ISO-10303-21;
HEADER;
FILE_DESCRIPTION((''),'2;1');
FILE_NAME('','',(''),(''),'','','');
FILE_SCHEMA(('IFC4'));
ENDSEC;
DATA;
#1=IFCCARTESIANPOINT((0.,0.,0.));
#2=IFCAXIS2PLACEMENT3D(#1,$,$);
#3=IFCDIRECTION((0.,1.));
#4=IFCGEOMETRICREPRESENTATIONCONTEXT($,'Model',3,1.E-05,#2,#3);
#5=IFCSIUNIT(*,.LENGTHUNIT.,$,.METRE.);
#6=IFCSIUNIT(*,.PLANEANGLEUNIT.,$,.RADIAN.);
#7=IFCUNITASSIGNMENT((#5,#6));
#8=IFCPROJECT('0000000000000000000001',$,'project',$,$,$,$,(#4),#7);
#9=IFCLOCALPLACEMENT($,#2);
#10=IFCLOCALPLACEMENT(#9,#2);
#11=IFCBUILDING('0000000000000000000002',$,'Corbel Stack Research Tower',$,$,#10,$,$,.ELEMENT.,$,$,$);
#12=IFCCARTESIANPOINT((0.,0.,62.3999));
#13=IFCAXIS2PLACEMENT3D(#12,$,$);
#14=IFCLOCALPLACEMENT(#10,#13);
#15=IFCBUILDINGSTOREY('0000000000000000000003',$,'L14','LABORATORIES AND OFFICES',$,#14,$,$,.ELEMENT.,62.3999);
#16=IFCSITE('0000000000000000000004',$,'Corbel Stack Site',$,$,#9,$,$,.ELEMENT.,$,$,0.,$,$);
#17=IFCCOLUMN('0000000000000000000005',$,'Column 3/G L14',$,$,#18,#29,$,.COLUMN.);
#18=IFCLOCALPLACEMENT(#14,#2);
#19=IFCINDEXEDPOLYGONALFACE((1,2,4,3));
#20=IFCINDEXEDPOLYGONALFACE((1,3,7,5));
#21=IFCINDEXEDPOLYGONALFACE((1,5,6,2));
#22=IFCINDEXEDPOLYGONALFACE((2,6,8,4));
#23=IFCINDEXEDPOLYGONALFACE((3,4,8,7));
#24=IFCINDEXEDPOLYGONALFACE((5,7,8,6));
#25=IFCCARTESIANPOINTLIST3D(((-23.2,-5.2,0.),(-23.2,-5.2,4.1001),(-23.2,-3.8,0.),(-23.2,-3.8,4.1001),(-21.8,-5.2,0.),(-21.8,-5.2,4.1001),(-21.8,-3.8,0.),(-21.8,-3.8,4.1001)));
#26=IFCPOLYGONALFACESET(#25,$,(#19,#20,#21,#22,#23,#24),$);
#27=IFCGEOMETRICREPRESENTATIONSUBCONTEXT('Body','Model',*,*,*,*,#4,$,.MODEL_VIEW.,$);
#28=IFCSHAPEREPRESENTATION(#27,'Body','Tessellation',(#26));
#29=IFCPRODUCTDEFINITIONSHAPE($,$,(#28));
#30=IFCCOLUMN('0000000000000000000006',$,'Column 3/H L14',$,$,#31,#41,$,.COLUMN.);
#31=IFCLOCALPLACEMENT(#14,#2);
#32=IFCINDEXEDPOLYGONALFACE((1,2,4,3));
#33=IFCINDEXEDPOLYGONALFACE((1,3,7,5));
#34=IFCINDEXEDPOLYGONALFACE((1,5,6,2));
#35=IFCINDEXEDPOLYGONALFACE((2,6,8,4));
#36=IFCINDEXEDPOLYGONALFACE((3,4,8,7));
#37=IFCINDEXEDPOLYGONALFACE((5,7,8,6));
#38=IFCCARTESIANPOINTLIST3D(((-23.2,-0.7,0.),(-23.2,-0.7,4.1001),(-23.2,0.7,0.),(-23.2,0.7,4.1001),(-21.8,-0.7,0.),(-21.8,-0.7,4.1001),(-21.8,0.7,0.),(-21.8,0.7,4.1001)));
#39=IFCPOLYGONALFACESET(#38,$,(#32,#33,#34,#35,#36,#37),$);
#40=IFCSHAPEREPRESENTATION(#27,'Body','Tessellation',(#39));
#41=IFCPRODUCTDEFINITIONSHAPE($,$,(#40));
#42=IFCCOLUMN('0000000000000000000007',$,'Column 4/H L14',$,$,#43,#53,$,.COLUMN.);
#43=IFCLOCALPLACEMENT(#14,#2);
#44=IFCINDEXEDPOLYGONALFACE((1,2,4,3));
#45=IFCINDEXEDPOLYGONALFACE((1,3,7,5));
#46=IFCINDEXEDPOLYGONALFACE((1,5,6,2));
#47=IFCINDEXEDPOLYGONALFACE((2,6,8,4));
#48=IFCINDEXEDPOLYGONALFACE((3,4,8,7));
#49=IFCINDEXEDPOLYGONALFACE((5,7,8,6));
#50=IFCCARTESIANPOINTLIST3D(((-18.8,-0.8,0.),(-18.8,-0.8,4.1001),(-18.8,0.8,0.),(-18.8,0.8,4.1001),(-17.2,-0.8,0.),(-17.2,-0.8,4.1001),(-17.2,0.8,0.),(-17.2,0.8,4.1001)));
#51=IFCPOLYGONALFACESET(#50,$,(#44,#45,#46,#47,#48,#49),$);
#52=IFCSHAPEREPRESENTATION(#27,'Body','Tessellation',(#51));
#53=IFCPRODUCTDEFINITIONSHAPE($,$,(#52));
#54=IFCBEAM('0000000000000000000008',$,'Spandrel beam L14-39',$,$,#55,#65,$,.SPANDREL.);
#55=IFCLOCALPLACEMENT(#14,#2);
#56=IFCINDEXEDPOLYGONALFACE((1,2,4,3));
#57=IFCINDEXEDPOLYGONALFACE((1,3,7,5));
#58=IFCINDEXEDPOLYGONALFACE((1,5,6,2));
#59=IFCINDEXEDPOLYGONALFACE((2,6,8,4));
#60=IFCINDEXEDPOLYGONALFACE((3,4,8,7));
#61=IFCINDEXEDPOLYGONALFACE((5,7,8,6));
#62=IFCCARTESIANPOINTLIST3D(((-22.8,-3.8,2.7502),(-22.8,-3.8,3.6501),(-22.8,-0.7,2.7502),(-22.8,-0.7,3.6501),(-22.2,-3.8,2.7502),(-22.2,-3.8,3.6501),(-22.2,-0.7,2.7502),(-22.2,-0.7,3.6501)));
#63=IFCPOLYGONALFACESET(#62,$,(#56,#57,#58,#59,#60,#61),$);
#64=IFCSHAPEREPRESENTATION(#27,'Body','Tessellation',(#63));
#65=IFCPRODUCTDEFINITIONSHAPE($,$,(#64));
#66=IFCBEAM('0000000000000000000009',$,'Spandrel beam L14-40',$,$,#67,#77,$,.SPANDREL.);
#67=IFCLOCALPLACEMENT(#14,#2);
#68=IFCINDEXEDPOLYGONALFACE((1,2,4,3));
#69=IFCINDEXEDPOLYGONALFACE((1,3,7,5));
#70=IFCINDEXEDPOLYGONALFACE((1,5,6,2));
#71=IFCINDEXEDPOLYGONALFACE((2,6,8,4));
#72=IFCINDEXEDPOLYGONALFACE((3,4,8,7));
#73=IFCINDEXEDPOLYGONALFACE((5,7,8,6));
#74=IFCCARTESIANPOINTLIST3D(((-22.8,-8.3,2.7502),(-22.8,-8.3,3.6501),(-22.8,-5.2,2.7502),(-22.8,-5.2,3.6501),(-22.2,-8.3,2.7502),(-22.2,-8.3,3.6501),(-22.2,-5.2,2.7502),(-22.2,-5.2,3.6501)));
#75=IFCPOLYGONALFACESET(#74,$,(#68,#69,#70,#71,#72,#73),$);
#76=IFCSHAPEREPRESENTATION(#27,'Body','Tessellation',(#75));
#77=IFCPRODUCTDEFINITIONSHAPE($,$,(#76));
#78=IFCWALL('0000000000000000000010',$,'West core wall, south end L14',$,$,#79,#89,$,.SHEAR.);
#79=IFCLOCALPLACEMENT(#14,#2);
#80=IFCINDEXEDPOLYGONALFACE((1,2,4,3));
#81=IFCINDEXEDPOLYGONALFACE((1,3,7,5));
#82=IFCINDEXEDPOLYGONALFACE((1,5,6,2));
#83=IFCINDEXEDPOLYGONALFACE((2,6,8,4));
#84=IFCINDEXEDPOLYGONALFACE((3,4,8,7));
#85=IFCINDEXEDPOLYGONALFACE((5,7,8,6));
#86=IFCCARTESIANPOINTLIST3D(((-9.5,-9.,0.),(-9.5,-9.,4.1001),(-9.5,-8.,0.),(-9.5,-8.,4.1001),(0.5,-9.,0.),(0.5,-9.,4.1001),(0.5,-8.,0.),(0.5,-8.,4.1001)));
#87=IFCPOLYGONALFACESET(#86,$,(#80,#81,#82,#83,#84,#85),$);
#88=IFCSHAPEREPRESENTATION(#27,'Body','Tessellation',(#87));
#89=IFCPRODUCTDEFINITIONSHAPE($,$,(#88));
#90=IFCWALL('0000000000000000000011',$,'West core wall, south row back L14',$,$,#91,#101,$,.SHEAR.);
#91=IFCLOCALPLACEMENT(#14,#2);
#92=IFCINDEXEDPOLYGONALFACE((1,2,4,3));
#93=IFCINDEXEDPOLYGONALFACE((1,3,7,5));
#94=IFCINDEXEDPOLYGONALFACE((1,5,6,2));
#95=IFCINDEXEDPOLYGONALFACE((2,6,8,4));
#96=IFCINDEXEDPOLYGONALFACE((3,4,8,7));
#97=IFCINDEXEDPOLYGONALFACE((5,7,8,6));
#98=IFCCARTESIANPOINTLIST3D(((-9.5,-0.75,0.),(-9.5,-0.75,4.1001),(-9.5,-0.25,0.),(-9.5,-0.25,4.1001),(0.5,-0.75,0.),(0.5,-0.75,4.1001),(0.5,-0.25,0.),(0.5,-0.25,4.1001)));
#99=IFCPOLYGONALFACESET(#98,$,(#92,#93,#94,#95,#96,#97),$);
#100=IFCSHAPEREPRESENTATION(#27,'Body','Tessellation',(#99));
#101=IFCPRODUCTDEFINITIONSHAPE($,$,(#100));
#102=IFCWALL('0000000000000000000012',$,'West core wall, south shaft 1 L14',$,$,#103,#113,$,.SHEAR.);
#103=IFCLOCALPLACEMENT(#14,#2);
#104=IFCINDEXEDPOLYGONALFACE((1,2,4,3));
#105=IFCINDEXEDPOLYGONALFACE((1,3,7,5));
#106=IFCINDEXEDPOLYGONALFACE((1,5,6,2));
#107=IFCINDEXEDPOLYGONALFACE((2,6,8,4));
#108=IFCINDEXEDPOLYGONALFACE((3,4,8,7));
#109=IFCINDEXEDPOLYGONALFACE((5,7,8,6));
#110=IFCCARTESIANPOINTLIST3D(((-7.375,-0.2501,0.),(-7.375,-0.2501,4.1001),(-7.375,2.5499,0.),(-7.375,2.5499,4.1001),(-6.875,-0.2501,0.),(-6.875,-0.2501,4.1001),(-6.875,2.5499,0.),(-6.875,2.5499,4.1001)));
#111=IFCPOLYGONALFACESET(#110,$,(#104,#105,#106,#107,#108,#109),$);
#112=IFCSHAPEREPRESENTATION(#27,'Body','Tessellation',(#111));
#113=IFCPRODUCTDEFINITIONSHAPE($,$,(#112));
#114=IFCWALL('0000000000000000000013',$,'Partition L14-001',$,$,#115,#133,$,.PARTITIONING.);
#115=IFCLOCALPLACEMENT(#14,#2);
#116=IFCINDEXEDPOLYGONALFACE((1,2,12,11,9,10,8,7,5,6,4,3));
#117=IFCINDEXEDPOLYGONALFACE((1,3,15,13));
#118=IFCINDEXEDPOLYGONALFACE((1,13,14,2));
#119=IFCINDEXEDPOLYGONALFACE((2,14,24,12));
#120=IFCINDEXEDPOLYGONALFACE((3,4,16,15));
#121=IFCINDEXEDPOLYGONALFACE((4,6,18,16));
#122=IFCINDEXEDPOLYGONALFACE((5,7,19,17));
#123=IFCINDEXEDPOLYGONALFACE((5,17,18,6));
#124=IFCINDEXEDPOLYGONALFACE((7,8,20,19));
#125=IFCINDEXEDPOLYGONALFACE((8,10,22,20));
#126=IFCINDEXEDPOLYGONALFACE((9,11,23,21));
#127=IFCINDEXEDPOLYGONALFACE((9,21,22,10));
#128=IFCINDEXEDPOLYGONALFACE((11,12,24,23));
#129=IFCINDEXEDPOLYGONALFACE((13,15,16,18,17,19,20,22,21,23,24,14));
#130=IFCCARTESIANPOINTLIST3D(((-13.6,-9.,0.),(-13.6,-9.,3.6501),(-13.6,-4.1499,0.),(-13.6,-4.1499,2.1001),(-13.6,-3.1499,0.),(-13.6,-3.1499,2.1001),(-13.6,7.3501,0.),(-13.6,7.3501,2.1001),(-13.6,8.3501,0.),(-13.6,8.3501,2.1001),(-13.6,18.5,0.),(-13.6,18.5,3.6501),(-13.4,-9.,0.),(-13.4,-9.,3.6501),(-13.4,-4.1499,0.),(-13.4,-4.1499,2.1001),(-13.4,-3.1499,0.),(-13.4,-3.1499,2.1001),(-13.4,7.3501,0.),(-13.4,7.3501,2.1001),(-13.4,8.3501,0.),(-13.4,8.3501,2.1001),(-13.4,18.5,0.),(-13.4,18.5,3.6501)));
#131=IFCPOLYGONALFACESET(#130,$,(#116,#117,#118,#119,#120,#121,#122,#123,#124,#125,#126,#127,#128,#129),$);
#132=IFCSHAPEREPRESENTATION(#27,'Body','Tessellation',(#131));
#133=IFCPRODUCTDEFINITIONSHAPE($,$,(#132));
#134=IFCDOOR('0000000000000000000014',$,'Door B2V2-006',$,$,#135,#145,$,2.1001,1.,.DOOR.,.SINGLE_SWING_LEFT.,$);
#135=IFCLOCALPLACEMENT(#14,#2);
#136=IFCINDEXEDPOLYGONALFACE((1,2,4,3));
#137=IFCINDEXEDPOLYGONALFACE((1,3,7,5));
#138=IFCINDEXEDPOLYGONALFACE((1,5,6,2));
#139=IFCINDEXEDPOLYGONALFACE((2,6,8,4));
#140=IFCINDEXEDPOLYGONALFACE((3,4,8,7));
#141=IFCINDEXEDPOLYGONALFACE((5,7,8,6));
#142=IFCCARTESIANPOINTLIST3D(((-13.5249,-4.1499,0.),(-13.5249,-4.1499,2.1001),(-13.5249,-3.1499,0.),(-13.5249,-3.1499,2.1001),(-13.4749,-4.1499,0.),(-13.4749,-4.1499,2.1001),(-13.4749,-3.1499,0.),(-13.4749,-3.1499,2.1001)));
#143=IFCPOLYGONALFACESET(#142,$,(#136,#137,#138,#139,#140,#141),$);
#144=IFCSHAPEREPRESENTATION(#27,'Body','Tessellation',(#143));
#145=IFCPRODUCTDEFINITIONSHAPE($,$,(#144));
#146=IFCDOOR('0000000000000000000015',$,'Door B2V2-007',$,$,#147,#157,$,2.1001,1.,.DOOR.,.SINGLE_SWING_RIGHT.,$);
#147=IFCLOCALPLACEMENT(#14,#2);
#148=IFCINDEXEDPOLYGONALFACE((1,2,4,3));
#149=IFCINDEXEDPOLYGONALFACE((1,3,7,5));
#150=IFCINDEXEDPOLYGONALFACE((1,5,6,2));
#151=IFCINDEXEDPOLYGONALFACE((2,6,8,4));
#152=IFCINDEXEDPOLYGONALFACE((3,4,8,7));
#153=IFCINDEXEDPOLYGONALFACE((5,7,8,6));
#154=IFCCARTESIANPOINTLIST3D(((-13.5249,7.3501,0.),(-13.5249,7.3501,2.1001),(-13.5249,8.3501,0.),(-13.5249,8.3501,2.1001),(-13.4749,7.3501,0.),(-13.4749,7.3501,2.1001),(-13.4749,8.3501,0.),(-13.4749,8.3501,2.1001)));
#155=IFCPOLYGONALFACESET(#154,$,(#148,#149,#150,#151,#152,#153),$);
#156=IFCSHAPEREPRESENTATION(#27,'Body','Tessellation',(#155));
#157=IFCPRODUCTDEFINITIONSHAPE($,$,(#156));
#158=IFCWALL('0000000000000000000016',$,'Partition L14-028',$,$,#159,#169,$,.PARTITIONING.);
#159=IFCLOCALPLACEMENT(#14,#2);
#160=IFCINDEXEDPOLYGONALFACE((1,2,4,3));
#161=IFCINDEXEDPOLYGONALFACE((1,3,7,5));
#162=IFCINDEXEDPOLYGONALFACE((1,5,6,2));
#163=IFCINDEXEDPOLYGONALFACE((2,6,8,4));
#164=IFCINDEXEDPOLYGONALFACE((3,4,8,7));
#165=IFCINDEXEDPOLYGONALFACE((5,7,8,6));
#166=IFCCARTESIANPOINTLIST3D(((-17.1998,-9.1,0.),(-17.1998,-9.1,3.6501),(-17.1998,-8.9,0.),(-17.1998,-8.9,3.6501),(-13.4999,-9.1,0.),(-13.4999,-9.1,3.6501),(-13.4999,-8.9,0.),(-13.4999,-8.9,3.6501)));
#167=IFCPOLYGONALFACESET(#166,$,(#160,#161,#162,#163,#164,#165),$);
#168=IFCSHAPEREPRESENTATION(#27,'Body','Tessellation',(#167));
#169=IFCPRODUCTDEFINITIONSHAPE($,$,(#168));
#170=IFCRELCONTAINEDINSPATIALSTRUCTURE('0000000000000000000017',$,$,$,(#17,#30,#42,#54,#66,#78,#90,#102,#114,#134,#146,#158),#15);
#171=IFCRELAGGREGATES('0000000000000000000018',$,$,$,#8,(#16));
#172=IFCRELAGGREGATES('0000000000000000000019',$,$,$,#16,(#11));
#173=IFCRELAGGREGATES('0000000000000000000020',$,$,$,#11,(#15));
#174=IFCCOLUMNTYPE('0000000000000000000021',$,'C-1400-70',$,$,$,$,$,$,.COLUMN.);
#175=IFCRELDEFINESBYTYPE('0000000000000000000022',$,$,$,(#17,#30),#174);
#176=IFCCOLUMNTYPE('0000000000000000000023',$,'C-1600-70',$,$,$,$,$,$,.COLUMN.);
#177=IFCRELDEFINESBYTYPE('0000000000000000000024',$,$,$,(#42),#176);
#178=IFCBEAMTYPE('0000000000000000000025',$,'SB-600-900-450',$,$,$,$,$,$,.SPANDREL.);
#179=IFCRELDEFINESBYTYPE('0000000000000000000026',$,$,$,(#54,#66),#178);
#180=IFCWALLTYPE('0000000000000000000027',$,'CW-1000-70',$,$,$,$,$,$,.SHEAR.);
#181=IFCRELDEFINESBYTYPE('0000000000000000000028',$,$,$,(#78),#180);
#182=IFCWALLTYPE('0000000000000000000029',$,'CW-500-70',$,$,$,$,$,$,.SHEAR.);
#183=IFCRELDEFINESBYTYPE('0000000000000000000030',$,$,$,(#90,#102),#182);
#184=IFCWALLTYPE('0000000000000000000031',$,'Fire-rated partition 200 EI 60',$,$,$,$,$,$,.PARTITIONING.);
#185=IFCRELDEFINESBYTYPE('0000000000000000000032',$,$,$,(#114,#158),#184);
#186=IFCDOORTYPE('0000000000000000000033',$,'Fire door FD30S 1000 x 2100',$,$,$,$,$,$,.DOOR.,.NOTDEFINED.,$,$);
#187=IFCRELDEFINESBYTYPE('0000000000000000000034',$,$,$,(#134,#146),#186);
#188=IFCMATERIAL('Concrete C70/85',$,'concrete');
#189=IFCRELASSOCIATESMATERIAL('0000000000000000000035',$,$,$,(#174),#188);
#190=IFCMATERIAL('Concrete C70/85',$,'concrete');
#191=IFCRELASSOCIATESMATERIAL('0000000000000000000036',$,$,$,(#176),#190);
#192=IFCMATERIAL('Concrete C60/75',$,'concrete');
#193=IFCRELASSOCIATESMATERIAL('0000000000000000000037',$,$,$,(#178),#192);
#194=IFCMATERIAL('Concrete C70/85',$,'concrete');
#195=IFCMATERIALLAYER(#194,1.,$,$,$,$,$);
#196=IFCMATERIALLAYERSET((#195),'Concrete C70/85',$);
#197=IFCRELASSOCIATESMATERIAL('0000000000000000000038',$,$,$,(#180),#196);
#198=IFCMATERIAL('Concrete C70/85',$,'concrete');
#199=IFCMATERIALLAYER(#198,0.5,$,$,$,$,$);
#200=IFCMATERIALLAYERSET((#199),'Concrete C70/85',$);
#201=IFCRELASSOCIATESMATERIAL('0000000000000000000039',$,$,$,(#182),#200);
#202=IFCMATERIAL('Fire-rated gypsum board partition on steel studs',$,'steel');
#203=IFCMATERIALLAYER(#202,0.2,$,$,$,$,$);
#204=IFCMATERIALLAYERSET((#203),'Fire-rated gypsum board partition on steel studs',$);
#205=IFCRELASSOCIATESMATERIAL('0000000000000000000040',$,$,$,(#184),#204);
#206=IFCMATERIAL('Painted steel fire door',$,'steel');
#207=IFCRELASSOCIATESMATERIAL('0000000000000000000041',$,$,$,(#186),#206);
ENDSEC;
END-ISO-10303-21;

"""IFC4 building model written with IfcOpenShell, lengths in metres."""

from ifc_helpers import new_model, si_unit, direction, frame, frame_2d, origin, origin_2d, place, context, subcontext, project, spatial, rectangle, extrude, material, layer, layer_set, material_profile, profile_set, type_object, element, fill, save


model = new_model("IFC4")

# Units and contexts
model_context = context("Model", 3, precision=1e-05, world=origin(), true_north=direction((0.0, 1.0)))
body_context = subcontext(model_context, "Body", "Model", "MODEL_VIEW")
ifc_project = project(units=[si_unit("LENGTHUNIT", "METRE"), si_unit("PLANEANGLEUNIT", "RADIAN")], contexts=[model_context])

# Site, building, storey
site_placement = place(None, origin())
site = spatial("IfcSite", under=ifc_project, at=site_placement, Name="Corbel Stack Site", CompositionType="ELEMENT", RefElevation=0.0)
building_placement = place(site_placement, origin())
building = spatial("IfcBuilding", under=site, at=building_placement, Name="Corbel Stack Research Tower", CompositionType="ELEMENT")
storey_placement = place(building_placement, frame((0.0, 0.0, 62.3999)))
storey = spatial("IfcBuildingStorey", under=building, at=storey_placement, Name="L14", Description="LABORATORIES AND OFFICES", CompositionType="ELEMENT", Elevation=62.3999)

# Columns
ifc_material_1 = material(Name="Concrete C70/85", Category="concrete")
ifc_material_profile_1 = material_profile(ifc_material_1, rectangle(XDim=1.3999, YDim=1.3999, at=origin_2d()), Name="RC 1400 x 1400")
ifc_profile_set_1 = profile_set([ifc_material_profile_1], Name="Concrete C70/85")
column_type_1 = type_object("IfcColumnType", Name="C-1400-70", PredefinedType="COLUMN", material=ifc_profile_set_1)
for number, where, z_axis, x_axis, name in (
    (1, (-22.5, -4.5, 0.0), (0.0, 0.0, 1.0), (1.0, 0.0, 0.0), "Column 3/G L14"),
    (2, (-22.5, 0.0, 0.0), (0.0, 0.0, 1.0), (1.0, 0.0, 0.0), "Column 3/H L14"),
):
    element("IfcColumn", number, at=place(storey_placement, frame(where, z_axis=z_axis, x_axis=x_axis)), inside=storey, type_object=column_type_1, Name=name, PredefinedType="COLUMN", context=body_context, shape_type="SweptSolid", body=[
        extrude(rectangle(XDim=1.3999, YDim=1.3999, at=origin_2d()), origin(), (0.0, 0.0, 1.0), 4.1001),
    ])
ifc_material_2 = material(Name="Concrete C70/85", Category="concrete")
ifc_material_profile_2 = material_profile(ifc_material_2, rectangle(XDim=1.6001, YDim=1.6001, at=origin_2d()), Name="RC 1600 x 1600")
ifc_profile_set_2 = profile_set([ifc_material_profile_2], Name="Concrete C70/85")
column_type_2 = type_object("IfcColumnType", Name="C-1600-70", PredefinedType="COLUMN", material=ifc_profile_set_2)
column_placement = place(storey_placement, frame((-18.0, 0.0, 0.0), z_axis=(0.0, 0.0, 1.0), x_axis=(1.0, 0.0, 0.0)))
element("IfcColumn", 3, at=column_placement, inside=storey, type_object=column_type_2, Name="Column 4/H L14", PredefinedType="COLUMN", context=body_context, shape_type="SweptSolid", body=[
    extrude(rectangle(XDim=1.6001, YDim=1.6001, at=origin_2d()), origin(), (0.0, 0.0, 1.0), 4.1001),
])

# Beams
ifc_material_3 = material(Name="Concrete C60/75", Category="concrete")
ifc_material_profile_3 = material_profile(ifc_material_3, rectangle(XDim=0.6001, YDim=0.8999, at=origin_2d()), Name="RC 600 x 900")
ifc_profile_set_3 = profile_set([ifc_material_profile_3], Name="Concrete C60/75")
beam_type = type_object("IfcBeamType", Name="SB-600-900-450", PredefinedType="SPANDREL", material=ifc_profile_set_3)
for number, where, z_axis, x_axis, name in (
    (4, (-22.5, -0.7, 3.2002), (0.0, -1.0, 0.0), (1.0, 0.0, 0.0), "Spandrel beam L14-39"),
    (5, (-22.5, -5.2, 3.2002), (0.0, -1.0, 0.0), (1.0, 0.0, 0.0), "Spandrel beam L14-40"),
):
    element("IfcBeam", number, at=place(storey_placement, frame(where, z_axis=z_axis, x_axis=x_axis)), inside=storey, type_object=beam_type, Name=name, PredefinedType="SPANDREL", context=body_context, shape_type="SweptSolid", body=[
        extrude(rectangle(XDim=0.6001, YDim=0.8999, at=origin_2d()), origin(), (0.0, 0.0, 1.0), 3.1001),
    ])

# Shared definitions
ifc_material_4 = material(Name="Concrete C70/85", Category="concrete")
ifc_layer_1 = layer(ifc_material_4, 1.0)
ifc_layer_set_1 = layer_set([ifc_layer_1], Name="Concrete C70/85")
wall_type_1 = type_object("IfcWallType", Name="CW-1000-70", PredefinedType="SHEAR", material=ifc_layer_set_1)

# Walls
wall_1_placement = place(storey_placement, frame((-9.5, -8.5, 0.0), z_axis=(0.0, 0.0, 1.0), x_axis=(1.0, 0.0, 0.0)))
element("IfcWall", 6, at=wall_1_placement, inside=storey, type_object=wall_type_1, Name="West core wall, south end L14", PredefinedType="SHEAR", context=body_context, shape_type="SweptSolid", body=[
    extrude(rectangle(XDim=10.0, YDim=1.0, at=frame_2d((5.0, 0.0))), origin(), (0.0, 0.0, 1.0), 4.1001),
])
ifc_material_5 = material(Name="Concrete C70/85", Category="concrete")
ifc_layer_2 = layer(ifc_material_5, 0.5)
ifc_layer_set_2 = layer_set([ifc_layer_2], Name="Concrete C70/85")
wall_type_2 = type_object("IfcWallType", Name="CW-500-70", PredefinedType="SHEAR", material=ifc_layer_set_2)
wall_2_placement = place(storey_placement, frame((-9.5, -0.5, 0.0), z_axis=(0.0, 0.0, 1.0), x_axis=(1.0, 0.0, 0.0)))
element("IfcWall", 7, at=wall_2_placement, inside=storey, type_object=wall_type_2, Name="West core wall, south row back L14", PredefinedType="SHEAR", context=body_context, shape_type="SweptSolid", body=[
    extrude(rectangle(XDim=10.0, YDim=0.5, at=frame_2d((5.0, 0.0))), origin(), (0.0, 0.0, 1.0), 4.1001),
])
wall_3_placement = place(storey_placement, frame((-7.125, -0.25, 0.0), z_axis=(0.0, 0.0, 1.0), x_axis=(0.0, 1.0, 0.0)))
element("IfcWall", 8, at=wall_3_placement, inside=storey, type_object=wall_type_2, Name="West core wall, south shaft 1 L14", PredefinedType="SHEAR", context=body_context, shape_type="SweptSolid", body=[
    extrude(rectangle(XDim=2.8, YDim=0.5, at=frame_2d((1.3999, 0.0))), origin(), (0.0, 0.0, 1.0), 4.1001),
])

# Wall, openings, doors
ifc_material_6 = material(Name="Fire-rated gypsum board partition on steel studs", Category="steel")
ifc_layer_3 = layer(ifc_material_6, 0.2)
ifc_layer_set_3 = layer_set([ifc_layer_3], Name="Fire-rated gypsum board partition on steel studs")
wall_type_3 = type_object("IfcWallType", Name="Fire-rated partition 200 EI 60", PredefinedType="PARTITIONING", material=ifc_layer_set_3)
wall_4_placement = place(storey_placement, frame((-13.5, -9.0, 0.0), z_axis=(0.0, 0.0, 1.0), x_axis=(0.0, 1.0, 0.0)))
wall_4 = element("IfcWall", 9, at=wall_4_placement, inside=storey, type_object=wall_type_3, Name="Partition L14-001", PredefinedType="PARTITIONING", context=body_context, shape_type="SweptSolid", body=[
    extrude(rectangle(XDim=27.5, YDim=0.2, at=frame_2d((13.75, 0.0))), origin(), (0.0, 0.0, 1.0), 3.6501),
])
opening_1_placement = place(wall_4_placement, frame((4.8501, 0.0, 0.0)))
opening_1 = element("IfcOpeningElement", 10, at=opening_1_placement, cuts=wall_4, PredefinedType="OPENING", context=body_context, shape_type="SweptSolid", body=[
    extrude(rectangle(XDim=1.0, YDim=2.1001, at=frame_2d((0.5, 1.05))), frame((0.0, 0.1099, 0.0), z_axis=(0.0, -1.0, 0.0), x_axis=(1.0, 0.0, 0.0)), (0.0, 0.0, 1.0), 0.22),
])
opening_2_placement = place(wall_4_placement, frame((16.3501, 0.0, 0.0)))
opening_2 = element("IfcOpeningElement", 11, at=opening_2_placement, cuts=wall_4, PredefinedType="OPENING", context=body_context, shape_type="SweptSolid", body=[
    extrude(rectangle(XDim=1.0, YDim=2.1001, at=frame_2d((0.5, 1.05))), frame((0.0, 0.1099, 0.0), z_axis=(0.0, -1.0, 0.0), x_axis=(1.0, 0.0, 0.0)), (0.0, 0.0, 1.0), 0.22),
])
ifc_material_7 = material(Name="Painted steel fire door", Category="steel")
door_type_1 = type_object("IfcDoorType", Name="Fire door FD30S 1000 x 2100", OperationType="NOTDEFINED", PredefinedType="DOOR", material=ifc_material_7)
door_1_placement = place(opening_1_placement, origin())
door_1 = element("IfcDoor", 12, at=door_1_placement, inside=storey, type_object=door_type_1, Name="Door B2V2-006", OperationType="SINGLE_SWING_LEFT", OverallHeight=2.1001, OverallWidth=1.0, PredefinedType="DOOR", context=body_context, shape_type="SweptSolid", body=[
    extrude(rectangle(XDim=1.0, YDim=2.1001, at=frame_2d((0.5, 1.05))), frame((0.0, 0.0249, 0.0), z_axis=(0.0, -1.0, 0.0), x_axis=(1.0, 0.0, 0.0)), (0.0, 0.0, 1.0), 0.05),
])
fill(opening_1, door_1)
door_2_placement = place(opening_2_placement, origin())
door_2 = element("IfcDoor", 13, at=door_2_placement, inside=storey, type_object=door_type_1, Name="Door B2V2-007", OperationType="SINGLE_SWING_RIGHT", OverallHeight=2.1001, OverallWidth=1.0, PredefinedType="DOOR", context=body_context, shape_type="SweptSolid", body=[
    extrude(rectangle(XDim=1.0, YDim=2.1001, at=frame_2d((0.5, 1.05))), frame((0.0, 0.0249, 0.0), z_axis=(0.0, -1.0, 0.0), x_axis=(1.0, 0.0, 0.0)), (0.0, 0.0, 1.0), 0.05),
])
fill(opening_2, door_2)

# Wall
wall_5_placement = place(storey_placement, frame((-17.2, -9.0, 0.0), z_axis=(0.0, 0.0, 1.0), x_axis=(1.0, 0.0, 0.0)))
element("IfcWall", 14, at=wall_5_placement, inside=storey, type_object=wall_type_3, Name="Partition L14-028", PredefinedType="PARTITIONING", context=body_context, shape_type="SweptSolid", body=[
    extrude(rectangle(XDim=3.7, YDim=0.2, at=frame_2d((1.8501, 0.0))), origin(), (0.0, 0.0, 1.0), 3.6501),
])

save(model, "model.ifc")
